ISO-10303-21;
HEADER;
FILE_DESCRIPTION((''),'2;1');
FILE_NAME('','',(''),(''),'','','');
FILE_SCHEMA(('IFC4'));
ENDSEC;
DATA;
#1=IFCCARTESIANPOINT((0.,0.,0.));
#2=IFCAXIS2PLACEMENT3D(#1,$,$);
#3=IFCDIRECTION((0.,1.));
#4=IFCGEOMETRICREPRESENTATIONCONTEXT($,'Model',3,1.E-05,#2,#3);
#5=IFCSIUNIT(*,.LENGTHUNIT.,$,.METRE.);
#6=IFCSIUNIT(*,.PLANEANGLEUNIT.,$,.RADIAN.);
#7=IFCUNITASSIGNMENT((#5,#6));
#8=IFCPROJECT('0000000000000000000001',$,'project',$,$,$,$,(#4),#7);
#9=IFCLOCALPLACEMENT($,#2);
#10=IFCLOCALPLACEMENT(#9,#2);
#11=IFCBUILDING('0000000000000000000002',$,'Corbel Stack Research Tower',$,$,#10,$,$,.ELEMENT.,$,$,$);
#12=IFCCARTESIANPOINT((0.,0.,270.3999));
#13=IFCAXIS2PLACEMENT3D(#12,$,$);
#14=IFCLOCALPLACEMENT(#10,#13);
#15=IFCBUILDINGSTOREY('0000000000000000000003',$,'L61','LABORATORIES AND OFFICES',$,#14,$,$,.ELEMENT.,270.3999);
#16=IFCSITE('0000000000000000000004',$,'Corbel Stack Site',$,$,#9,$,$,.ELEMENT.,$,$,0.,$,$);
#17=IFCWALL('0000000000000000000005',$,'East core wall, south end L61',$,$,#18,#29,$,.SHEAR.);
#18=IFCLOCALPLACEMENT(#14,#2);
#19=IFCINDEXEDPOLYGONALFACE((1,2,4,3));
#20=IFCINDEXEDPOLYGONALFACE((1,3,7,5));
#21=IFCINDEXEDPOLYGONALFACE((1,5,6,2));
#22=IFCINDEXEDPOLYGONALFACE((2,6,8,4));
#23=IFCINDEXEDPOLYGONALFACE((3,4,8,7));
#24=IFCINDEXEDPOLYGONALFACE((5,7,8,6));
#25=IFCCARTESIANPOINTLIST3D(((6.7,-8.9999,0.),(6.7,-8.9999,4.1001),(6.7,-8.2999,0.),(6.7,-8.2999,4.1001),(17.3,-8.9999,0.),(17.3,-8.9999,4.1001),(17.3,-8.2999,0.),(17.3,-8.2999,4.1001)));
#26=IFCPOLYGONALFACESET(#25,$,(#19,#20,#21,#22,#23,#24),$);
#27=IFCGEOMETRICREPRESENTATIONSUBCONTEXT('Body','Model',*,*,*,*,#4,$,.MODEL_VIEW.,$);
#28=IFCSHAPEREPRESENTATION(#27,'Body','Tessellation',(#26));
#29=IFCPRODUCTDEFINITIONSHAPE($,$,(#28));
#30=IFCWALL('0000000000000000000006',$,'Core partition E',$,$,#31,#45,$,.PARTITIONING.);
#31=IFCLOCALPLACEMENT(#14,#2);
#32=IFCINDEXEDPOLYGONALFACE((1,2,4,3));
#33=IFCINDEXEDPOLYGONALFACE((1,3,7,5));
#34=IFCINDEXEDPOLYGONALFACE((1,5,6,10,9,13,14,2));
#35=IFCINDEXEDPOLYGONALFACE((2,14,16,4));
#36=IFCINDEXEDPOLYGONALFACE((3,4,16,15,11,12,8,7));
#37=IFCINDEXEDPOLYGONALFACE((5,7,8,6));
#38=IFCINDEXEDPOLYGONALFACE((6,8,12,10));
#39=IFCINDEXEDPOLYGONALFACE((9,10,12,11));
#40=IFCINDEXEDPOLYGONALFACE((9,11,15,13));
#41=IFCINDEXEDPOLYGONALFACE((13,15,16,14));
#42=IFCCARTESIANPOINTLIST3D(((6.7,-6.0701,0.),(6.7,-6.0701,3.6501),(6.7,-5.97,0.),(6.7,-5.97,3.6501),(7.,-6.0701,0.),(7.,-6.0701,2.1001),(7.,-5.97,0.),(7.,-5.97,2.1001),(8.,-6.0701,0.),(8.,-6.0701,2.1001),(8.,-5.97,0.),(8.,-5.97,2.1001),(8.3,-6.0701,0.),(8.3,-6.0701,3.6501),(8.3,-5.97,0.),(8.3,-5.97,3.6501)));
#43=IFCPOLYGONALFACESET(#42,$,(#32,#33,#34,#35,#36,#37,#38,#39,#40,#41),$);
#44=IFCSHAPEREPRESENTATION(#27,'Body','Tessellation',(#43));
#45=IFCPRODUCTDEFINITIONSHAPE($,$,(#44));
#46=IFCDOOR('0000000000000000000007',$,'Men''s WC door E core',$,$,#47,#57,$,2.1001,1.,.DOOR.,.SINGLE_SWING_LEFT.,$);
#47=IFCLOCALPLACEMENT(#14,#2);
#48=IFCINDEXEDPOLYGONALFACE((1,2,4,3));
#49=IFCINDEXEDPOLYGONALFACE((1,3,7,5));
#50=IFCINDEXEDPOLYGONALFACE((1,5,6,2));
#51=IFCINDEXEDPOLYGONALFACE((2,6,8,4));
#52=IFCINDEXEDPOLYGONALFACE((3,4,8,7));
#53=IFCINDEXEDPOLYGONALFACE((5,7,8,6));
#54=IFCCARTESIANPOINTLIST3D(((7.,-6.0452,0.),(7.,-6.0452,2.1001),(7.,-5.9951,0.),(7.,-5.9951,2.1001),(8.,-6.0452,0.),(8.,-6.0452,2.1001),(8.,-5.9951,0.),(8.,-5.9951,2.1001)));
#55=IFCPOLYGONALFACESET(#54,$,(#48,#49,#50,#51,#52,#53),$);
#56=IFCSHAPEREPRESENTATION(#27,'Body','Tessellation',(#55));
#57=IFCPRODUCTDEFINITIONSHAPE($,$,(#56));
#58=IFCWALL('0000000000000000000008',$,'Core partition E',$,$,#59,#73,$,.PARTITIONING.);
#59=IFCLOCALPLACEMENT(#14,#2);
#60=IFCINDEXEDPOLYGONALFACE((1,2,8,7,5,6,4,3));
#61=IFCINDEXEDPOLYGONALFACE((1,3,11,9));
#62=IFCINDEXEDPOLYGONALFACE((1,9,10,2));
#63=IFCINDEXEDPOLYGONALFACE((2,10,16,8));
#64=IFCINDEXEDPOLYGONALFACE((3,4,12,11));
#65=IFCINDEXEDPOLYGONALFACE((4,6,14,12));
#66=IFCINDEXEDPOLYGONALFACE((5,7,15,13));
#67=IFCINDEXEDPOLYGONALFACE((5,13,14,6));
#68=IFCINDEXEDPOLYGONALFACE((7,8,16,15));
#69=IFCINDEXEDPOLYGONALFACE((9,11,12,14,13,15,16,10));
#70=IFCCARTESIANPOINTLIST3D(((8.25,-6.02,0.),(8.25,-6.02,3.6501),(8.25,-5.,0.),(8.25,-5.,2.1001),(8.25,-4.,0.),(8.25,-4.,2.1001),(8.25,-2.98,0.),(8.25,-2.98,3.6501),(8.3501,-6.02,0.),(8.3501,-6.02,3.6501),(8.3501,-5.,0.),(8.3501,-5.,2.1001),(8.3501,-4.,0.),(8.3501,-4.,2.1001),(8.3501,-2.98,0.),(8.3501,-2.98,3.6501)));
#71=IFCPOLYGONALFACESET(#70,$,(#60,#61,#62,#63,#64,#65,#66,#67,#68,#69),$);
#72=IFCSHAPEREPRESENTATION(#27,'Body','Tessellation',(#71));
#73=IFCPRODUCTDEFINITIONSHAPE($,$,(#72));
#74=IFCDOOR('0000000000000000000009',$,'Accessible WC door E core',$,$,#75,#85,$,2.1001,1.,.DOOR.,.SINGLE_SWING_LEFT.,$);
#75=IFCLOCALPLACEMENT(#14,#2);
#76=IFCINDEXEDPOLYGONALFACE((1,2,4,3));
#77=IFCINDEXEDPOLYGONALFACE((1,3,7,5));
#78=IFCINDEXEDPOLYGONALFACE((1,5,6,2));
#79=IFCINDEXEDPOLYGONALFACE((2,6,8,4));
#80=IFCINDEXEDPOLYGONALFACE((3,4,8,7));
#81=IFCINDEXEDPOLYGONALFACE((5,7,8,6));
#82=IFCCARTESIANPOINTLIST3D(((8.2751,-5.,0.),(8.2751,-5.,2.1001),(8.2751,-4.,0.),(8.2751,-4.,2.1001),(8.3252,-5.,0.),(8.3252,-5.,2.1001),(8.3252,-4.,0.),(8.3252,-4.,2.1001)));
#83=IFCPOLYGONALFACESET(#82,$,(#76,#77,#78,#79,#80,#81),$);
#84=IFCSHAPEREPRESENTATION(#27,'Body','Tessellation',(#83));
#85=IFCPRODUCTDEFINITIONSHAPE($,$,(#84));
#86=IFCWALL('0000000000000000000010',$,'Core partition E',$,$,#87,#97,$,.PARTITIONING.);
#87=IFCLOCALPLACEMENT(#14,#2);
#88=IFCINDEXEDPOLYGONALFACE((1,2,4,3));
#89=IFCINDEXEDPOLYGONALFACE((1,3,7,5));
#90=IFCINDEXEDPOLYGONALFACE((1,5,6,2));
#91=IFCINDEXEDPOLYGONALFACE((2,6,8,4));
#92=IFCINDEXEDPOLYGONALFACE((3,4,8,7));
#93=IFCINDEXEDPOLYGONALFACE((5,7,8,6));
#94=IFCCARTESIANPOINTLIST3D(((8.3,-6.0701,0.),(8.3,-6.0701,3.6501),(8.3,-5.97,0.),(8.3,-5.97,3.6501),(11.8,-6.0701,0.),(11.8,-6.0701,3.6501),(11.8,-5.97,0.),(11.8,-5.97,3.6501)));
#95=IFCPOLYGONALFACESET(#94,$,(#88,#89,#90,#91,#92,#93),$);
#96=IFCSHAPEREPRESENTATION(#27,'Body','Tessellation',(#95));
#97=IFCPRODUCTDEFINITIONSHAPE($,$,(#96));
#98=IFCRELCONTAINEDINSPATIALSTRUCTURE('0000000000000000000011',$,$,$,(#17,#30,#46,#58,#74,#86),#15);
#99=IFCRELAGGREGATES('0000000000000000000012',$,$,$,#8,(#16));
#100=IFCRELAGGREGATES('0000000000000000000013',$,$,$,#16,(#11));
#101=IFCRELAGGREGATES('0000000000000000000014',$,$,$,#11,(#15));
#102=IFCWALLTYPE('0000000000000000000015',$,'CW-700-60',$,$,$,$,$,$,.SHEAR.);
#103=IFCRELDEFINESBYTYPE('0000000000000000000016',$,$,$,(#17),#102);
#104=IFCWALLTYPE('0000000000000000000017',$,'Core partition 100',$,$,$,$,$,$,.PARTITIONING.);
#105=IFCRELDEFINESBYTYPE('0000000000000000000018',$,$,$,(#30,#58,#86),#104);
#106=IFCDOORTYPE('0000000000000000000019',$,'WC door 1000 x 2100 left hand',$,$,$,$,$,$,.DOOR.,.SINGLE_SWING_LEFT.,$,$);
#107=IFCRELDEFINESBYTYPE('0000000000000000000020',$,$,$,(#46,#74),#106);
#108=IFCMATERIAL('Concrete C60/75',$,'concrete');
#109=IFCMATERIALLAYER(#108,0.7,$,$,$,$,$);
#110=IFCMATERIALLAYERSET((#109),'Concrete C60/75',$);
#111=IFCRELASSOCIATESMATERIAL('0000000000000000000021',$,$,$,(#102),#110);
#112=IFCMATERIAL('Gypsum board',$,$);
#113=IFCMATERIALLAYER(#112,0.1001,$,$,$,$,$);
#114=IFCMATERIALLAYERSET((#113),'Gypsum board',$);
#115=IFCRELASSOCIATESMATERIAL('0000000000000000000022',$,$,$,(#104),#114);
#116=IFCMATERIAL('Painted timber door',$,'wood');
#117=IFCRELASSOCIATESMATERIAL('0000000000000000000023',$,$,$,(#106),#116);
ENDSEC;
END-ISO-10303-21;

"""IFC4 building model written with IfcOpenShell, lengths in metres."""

from ifc_helpers import new_model, si_unit, direction, frame, frame_2d, origin, place, context, subcontext, project, spatial, rectangle, extrude, material, layer, layer_set, type_object, element, fill, save


model = new_model("IFC4")

# Units and contexts
model_context = context("Model", 3, precision=1e-05, world=origin(), true_north=direction((0.0, 1.0)))
body_context = subcontext(model_context, "Body", "Model", "MODEL_VIEW")
ifc_project = project(units=[si_unit("LENGTHUNIT", "METRE"), si_unit("PLANEANGLEUNIT", "RADIAN")], contexts=[model_context])

# Site, building, storey
site_placement = place(None, origin())
site = spatial("IfcSite", under=ifc_project, at=site_placement, Name="Corbel Stack Site", CompositionType="ELEMENT", RefElevation=0.0)
building_placement = place(site_placement, origin())
building = spatial("IfcBuilding", under=site, at=building_placement, Name="Corbel Stack Research Tower", CompositionType="ELEMENT")
storey_placement = place(building_placement, frame((0.0, 0.0, 270.3999)))
storey = spatial("IfcBuildingStorey", under=building, at=storey_placement, Name="L61", Description="LABORATORIES AND OFFICES", CompositionType="ELEMENT", Elevation=270.3999)

# Shared definitions
ifc_material_1 = material(Name="Concrete C60/75", Category="concrete")
ifc_layer_1 = layer(ifc_material_1, 0.7)
ifc_layer_set_1 = layer_set([ifc_layer_1], Name="Concrete C60/75")
wall_type_1 = type_object("IfcWallType", Name="CW-700-60", PredefinedType="SHEAR", material=ifc_layer_set_1)

# Wall
wall_1_placement = place(storey_placement, frame((6.7, -8.6499, 0.0), z_axis=(0.0, 0.0, 1.0), x_axis=(1.0, 0.0, 0.0)))
element("IfcWall", 1, at=wall_1_placement, inside=storey, type_object=wall_type_1, Name="East core wall, south end L61", PredefinedType="SHEAR", context=body_context, shape_type="SweptSolid", body=[
    extrude(rectangle(XDim=10.6001, YDim=0.7, at=frame_2d((5.3, 0.0))), origin(), (0.0, 0.0, 1.0), 4.1001),
])

# Walls, openings, doors
ifc_material_2 = material(Name="Gypsum board")
ifc_layer_2 = layer(ifc_material_2, 0.1001)
ifc_layer_set_2 = layer_set([ifc_layer_2], Name="Gypsum board")
wall_type_2 = type_object("IfcWallType", Name="Core partition 100", PredefinedType="PARTITIONING", material=ifc_layer_set_2)
wall_2_placement = place(storey_placement, frame((6.7, -6.02, 0.0), z_axis=(0.0, 0.0, 1.0), x_axis=(1.0, 0.0, 0.0)))
wall_2 = element("IfcWall", 2, at=wall_2_placement, inside=storey, type_object=wall_type_2, Name="Core partition E", PredefinedType="PARTITIONING", context=body_context, shape_type="SweptSolid", body=[
    extrude(rectangle(XDim=1.6001, YDim=0.1001, at=frame_2d((0.8, 0.0))), origin(), (0.0, 0.0, 1.0), 3.6501),
])
opening_1_placement = place(wall_2_placement, frame((0.3, 0.0, 0.0)))
opening_1 = element("IfcOpeningElement", 3, at=opening_1_placement, cuts=wall_2, PredefinedType="OPENING", context=body_context, shape_type="SweptSolid", body=[
    extrude(rectangle(XDim=1.0, YDim=2.1001, at=frame_2d((0.5, 1.05))), frame((0.0, 0.0601, 0.0), z_axis=(0.0, -1.0, 0.0), x_axis=(1.0, 0.0, 0.0)), (0.0, 0.0, 1.0), 0.1201),
])
ifc_material_3 = material(Name="Painted timber door", Category="wood")
door_type_1 = type_object("IfcDoorType", Name="WC door 1000 x 2100 left hand", OperationType="SINGLE_SWING_LEFT", PredefinedType="DOOR", material=ifc_material_3)
door_1_placement = place(opening_1_placement, origin())
door_1 = element("IfcDoor", 4, at=door_1_placement, inside=storey, type_object=door_type_1, Name="Men's WC door E core", OperationType="SINGLE_SWING_LEFT", OverallHeight=2.1001, OverallWidth=1.0, PredefinedType="DOOR", context=body_context, shape_type="SweptSolid", body=[
    extrude(rectangle(XDim=1.0, YDim=2.1001, at=frame_2d((0.5, 1.05))), frame((0.0, 0.0249, 0.0), z_axis=(0.0, -1.0, 0.0), x_axis=(1.0, 0.0, 0.0)), (0.0, 0.0, 1.0), 0.05),
])
fill(opening_1, door_1)
wall_3_placement = place(storey_placement, frame((8.3, -6.02, 0.0), z_axis=(0.0, 0.0, 1.0), x_axis=(0.0, 1.0, 0.0)))
wall_3 = element("IfcWall", 5, at=wall_3_placement, inside=storey, type_object=wall_type_2, Name="Core partition E", PredefinedType="PARTITIONING", context=body_context, shape_type="SweptSolid", body=[
    extrude(rectangle(XDim=3.04, YDim=0.1001, at=frame_2d((1.52, 0.0))), origin(), (0.0, 0.0, 1.0), 3.6501),
])
opening_2_placement = place(wall_3_placement, frame((1.02, 0.0, 0.0)))
opening_2 = element("IfcOpeningElement", 6, at=opening_2_placement, cuts=wall_3, PredefinedType="OPENING", context=body_context, shape_type="SweptSolid", body=[
    extrude(rectangle(XDim=1.0, YDim=2.1001, at=frame_2d((0.5, 1.05))), frame((0.0, 0.0601, 0.0), z_axis=(0.0, -1.0, 0.0), x_axis=(1.0, 0.0, 0.0)), (0.0, 0.0, 1.0), 0.1201),
])
door_2_placement = place(opening_2_placement, origin())
door_2 = element("IfcDoor", 7, at=door_2_placement, inside=storey, type_object=door_type_1, Name="Accessible WC door E core", OperationType="SINGLE_SWING_LEFT", OverallHeight=2.1001, OverallWidth=1.0, PredefinedType="DOOR", context=body_context, shape_type="SweptSolid", body=[
    extrude(rectangle(XDim=1.0, YDim=2.1001, at=frame_2d((0.5, 1.05))), frame((0.0, 0.0249, 0.0), z_axis=(0.0, -1.0, 0.0), x_axis=(1.0, 0.0, 0.0)), (0.0, 0.0, 1.0), 0.05),
])
fill(opening_2, door_2)

# Wall
wall_4_placement = place(storey_placement, frame((8.3, -6.02, 0.0), z_axis=(0.0, 0.0, 1.0), x_axis=(1.0, 0.0, 0.0)))
element("IfcWall", 8, at=wall_4_placement, inside=storey, type_object=wall_type_2, Name="Core partition E", PredefinedType="PARTITIONING", context=body_context, shape_type="SweptSolid", body=[
    extrude(rectangle(XDim=3.5, YDim=0.1001, at=frame_2d((1.75, 0.0))), origin(), (0.0, 0.0, 1.0), 3.6501),
])

save(model, "model.ifc")
